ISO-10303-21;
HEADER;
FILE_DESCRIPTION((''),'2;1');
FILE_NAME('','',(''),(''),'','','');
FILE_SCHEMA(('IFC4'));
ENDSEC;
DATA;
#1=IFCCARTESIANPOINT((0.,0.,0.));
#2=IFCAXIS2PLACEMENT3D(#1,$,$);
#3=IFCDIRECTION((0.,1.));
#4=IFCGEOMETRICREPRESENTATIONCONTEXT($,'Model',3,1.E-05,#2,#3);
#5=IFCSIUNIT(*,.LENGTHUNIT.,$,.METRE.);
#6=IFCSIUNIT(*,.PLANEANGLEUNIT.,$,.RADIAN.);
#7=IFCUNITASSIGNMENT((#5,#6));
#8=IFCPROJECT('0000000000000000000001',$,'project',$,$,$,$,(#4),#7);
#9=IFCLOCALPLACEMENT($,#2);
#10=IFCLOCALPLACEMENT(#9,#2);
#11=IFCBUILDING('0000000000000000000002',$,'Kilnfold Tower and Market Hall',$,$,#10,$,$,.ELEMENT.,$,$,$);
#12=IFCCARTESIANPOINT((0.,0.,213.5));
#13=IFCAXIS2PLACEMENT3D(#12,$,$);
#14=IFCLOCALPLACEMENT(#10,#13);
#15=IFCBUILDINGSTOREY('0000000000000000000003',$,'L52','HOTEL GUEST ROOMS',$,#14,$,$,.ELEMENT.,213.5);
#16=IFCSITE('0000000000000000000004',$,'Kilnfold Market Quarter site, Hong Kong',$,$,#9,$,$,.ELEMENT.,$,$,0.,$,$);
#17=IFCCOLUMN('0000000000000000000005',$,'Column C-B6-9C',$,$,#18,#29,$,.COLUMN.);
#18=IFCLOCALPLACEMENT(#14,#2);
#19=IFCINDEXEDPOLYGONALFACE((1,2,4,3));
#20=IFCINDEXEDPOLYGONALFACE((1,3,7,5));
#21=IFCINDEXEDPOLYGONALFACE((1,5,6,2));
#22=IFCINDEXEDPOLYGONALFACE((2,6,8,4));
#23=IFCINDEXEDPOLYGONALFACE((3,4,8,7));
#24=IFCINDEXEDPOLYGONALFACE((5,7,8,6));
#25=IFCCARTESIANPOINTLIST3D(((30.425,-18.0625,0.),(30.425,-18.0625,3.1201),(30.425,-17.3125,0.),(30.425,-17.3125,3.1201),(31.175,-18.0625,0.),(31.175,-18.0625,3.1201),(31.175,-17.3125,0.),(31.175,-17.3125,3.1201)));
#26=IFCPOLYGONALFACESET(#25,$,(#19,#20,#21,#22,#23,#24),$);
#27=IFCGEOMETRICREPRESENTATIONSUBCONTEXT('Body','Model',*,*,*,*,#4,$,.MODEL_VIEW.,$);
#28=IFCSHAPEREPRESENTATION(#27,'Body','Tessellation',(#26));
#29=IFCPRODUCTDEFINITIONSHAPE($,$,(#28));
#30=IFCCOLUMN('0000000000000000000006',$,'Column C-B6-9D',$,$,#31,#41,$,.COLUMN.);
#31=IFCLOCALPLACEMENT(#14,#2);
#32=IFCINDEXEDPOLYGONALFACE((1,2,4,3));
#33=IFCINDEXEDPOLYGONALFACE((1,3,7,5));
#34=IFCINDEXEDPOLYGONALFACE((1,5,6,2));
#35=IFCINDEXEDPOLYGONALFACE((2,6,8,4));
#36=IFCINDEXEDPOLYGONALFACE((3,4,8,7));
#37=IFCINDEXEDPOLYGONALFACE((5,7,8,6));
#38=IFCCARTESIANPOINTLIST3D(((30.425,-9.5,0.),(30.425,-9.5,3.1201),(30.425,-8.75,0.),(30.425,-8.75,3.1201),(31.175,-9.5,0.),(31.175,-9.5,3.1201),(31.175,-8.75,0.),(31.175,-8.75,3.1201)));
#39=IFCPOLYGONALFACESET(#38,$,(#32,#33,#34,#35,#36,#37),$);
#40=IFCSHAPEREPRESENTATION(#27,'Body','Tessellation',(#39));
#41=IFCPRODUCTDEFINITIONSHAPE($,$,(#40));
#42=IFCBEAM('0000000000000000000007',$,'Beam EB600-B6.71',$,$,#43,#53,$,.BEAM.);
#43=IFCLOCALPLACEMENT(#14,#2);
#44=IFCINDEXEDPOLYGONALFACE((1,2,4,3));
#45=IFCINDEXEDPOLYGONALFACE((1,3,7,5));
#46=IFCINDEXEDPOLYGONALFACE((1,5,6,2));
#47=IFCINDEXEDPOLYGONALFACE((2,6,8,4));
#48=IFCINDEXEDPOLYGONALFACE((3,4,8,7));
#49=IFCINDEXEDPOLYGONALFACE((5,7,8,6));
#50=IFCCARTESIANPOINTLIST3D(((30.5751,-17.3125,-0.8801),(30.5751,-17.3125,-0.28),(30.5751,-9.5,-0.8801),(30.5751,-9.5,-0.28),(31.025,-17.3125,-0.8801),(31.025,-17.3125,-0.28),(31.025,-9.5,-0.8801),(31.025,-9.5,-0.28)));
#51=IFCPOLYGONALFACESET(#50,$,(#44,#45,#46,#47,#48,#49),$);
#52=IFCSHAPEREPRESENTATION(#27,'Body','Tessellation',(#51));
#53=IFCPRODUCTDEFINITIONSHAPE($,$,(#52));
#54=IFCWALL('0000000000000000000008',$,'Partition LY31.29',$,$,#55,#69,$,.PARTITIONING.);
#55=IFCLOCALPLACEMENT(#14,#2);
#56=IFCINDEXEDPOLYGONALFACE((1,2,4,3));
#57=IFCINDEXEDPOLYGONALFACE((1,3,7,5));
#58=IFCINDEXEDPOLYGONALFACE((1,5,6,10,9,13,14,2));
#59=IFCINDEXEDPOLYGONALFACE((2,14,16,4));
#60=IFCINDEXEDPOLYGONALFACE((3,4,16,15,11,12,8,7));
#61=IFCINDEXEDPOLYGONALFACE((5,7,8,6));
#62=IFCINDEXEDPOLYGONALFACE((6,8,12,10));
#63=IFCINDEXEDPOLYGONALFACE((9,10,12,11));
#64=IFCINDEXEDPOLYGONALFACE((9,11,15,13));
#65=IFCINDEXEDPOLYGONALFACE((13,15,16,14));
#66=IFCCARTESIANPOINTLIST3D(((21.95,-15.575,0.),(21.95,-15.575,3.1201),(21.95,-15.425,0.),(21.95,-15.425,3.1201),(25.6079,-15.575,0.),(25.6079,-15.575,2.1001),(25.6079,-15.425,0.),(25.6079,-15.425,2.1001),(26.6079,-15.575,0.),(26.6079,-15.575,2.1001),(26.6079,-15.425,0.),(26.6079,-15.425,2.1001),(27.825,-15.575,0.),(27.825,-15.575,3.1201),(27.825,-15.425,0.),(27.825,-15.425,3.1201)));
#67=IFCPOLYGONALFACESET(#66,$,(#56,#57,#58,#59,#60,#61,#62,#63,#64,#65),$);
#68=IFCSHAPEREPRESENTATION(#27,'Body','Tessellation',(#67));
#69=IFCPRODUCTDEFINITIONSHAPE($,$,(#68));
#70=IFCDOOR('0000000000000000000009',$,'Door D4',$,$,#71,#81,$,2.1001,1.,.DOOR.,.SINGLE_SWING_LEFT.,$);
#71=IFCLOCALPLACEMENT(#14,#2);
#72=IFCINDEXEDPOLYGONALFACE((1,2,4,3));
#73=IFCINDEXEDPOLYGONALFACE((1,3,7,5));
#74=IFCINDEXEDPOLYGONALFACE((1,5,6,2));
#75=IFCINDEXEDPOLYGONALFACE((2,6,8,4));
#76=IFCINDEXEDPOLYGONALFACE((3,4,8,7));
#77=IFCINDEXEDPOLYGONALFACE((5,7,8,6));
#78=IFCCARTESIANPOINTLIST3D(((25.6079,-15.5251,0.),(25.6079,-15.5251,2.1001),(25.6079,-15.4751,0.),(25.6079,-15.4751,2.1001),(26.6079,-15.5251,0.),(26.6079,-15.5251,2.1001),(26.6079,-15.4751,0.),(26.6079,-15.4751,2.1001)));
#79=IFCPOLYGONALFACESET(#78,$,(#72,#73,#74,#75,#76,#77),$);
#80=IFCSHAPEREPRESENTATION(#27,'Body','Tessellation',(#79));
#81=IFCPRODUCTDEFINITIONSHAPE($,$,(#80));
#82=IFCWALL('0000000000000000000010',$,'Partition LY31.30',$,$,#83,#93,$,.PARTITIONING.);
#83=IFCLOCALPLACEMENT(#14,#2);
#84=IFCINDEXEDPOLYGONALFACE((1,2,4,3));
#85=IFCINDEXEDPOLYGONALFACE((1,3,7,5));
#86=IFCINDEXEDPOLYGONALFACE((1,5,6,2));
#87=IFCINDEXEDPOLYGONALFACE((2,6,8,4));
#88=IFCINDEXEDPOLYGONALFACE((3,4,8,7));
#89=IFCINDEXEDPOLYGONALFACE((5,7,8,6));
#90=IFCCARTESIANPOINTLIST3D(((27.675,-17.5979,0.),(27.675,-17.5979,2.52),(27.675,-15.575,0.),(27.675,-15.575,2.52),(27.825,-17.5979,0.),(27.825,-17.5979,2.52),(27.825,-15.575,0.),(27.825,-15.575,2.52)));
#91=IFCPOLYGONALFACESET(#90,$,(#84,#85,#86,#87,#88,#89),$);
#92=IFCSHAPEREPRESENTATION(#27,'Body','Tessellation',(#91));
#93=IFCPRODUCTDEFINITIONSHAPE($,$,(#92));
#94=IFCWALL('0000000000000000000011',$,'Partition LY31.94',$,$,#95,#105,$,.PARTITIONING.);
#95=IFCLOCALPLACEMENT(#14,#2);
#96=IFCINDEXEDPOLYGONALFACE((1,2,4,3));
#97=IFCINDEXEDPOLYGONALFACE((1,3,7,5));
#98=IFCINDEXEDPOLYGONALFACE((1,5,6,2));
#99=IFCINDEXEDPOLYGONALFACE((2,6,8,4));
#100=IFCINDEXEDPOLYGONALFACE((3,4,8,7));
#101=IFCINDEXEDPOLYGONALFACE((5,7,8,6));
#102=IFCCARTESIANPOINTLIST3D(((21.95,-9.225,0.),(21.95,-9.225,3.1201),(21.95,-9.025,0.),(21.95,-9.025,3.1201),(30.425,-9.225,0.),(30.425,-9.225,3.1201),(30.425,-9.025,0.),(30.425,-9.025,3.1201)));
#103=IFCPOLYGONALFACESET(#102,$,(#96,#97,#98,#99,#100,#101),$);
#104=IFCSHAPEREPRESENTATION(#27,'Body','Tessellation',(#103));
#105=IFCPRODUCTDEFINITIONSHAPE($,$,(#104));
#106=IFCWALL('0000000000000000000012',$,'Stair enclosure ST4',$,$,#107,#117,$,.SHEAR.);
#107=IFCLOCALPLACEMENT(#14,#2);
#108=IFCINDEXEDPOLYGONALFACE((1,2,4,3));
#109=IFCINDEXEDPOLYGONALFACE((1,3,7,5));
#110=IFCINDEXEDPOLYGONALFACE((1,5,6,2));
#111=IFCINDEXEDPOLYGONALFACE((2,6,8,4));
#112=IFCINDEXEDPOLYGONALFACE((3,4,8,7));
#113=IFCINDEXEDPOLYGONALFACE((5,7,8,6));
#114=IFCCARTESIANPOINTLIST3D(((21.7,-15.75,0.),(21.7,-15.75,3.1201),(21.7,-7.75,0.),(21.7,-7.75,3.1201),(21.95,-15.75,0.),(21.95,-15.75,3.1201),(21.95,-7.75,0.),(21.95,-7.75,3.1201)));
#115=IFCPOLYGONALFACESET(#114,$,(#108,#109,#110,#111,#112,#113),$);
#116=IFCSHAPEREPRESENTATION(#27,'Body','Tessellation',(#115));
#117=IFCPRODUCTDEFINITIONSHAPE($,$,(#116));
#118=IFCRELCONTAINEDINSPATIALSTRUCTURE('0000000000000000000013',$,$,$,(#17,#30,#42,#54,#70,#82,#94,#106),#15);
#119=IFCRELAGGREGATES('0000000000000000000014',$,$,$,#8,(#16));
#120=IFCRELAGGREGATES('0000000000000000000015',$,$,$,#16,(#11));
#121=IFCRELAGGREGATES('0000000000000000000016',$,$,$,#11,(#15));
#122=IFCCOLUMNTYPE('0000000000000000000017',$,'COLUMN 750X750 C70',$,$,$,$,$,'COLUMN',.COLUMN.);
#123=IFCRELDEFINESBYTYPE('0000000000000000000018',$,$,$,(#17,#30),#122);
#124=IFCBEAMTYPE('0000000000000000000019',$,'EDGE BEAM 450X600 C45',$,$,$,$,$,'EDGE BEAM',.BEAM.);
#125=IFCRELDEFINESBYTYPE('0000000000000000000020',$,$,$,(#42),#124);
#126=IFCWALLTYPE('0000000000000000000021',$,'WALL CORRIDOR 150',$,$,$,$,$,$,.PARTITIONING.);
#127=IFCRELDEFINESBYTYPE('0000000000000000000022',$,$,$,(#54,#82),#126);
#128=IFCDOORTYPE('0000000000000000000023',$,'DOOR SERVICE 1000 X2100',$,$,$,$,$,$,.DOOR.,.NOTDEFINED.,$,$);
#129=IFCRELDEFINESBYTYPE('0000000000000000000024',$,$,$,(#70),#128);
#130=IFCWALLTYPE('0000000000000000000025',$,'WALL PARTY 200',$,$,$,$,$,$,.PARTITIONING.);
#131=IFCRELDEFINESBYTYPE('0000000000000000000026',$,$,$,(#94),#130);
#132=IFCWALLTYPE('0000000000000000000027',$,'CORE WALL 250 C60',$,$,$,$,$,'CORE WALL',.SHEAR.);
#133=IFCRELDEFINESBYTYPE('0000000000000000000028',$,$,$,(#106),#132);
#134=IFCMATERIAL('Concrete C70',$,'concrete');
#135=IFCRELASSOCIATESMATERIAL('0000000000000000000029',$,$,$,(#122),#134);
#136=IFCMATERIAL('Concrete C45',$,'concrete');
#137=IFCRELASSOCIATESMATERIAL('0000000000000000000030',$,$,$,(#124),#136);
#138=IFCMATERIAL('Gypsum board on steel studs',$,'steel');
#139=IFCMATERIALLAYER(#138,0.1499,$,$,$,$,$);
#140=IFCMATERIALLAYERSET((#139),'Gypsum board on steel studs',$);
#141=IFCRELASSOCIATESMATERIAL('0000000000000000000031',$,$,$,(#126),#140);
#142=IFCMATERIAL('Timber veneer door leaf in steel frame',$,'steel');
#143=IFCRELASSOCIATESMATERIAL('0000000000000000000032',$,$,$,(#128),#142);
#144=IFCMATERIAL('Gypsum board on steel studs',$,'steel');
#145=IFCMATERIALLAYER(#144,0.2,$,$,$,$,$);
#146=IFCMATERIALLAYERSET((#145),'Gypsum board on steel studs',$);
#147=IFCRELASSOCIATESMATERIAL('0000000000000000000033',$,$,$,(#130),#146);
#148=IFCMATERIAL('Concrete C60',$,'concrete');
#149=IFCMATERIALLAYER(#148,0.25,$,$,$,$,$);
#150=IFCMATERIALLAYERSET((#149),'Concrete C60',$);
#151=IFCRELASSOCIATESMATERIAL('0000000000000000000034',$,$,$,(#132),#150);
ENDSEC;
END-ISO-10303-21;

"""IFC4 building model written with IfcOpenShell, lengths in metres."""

from ifc_helpers import new_model, si_unit, direction, frame, frame_2d, origin, origin_2d, place, context, subcontext, project, spatial, rectangle, extrude, source, transform, mapped, material, layer, layer_set, material_profile, profile_set, type_object, element, fill, save


model = new_model("IFC4")

# Units and contexts
model_context = context("Model", 3, precision=1e-05, world=origin(), true_north=direction((0.0, 1.0)))
body_context = subcontext(model_context, "Body", "Model", "MODEL_VIEW")
ifc_project = project(units=[si_unit("LENGTHUNIT", "METRE"), si_unit("PLANEANGLEUNIT", "RADIAN")], contexts=[model_context])

# Site, building, storey
site_placement = place(None, origin())
site = spatial("IfcSite", under=ifc_project, at=site_placement, Name="Kilnfold Market Quarter site, Hong Kong", CompositionType="ELEMENT", RefElevation=0.0)
building_placement = place(site_placement, origin())
building = spatial("IfcBuilding", under=site, at=building_placement, Name="Kilnfold Tower and Market Hall", CompositionType="ELEMENT")
storey_placement = place(building_placement, frame((0.0, 0.0, 213.5)))
storey = spatial("IfcBuildingStorey", under=building, at=storey_placement, Name="L52", Description="HOTEL GUEST ROOMS", CompositionType="ELEMENT", Elevation=213.5)

# Columns
ifc_material_1 = material(Name="Concrete C70", Category="concrete")
ifc_material_profile_1 = material_profile(ifc_material_1, rectangle(XDim=0.75, YDim=0.75, at=origin_2d()), Name="RC 750x750")
ifc_profile_set_1 = profile_set([ifc_material_profile_1], Name="Concrete C70")
column_type = type_object("IfcColumnType", Name="COLUMN 750X750 C70", ElementType="COLUMN", PredefinedType="COLUMN", material=ifc_profile_set_1)
shared_shape_1 = source(origin(), body_context, "Body", "SweptSolid", [
    extrude(rectangle(XDim=0.75, YDim=0.75, at=origin_2d()), origin(), (0.0, 0.0, 1.0), 3.1201),
])
for number, where, z_axis, x_axis, name in (
    (1, (30.8, -17.6875, 0.0), (0.0, 0.0, 1.0), (1.0, 0.0, 0.0), "Column C-B6-9C"),
    (2, (30.8, -9.125, 0.0), (0.0, 0.0, 1.0), (1.0, 0.0, 0.0), "Column C-B6-9D"),
):
    element("IfcColumn", number, at=place(storey_placement, frame(where, z_axis=z_axis, x_axis=x_axis)), inside=storey, type_object=column_type, Name=name, PredefinedType="COLUMN", context=body_context, shape_type="MappedRepresentation", body=[
        mapped(shared_shape_1, transform((0.0, 0.0, 0.0))),
    ])

# Beam
ifc_material_2 = material(Name="Concrete C45", Category="concrete")
ifc_material_profile_2 = material_profile(ifc_material_2, rectangle(XDim=0.45, YDim=0.6001, at=origin_2d()), Name="RC 450x600")
ifc_profile_set_2 = profile_set([ifc_material_profile_2], Name="Concrete C45")
beam_type = type_object("IfcBeamType", Name="EDGE BEAM 450X600 C45", ElementType="EDGE BEAM", PredefinedType="BEAM", material=ifc_profile_set_2)
shared_shape_2 = source(origin(), body_context, "Body", "SweptSolid", [
    extrude(rectangle(XDim=0.45, YDim=0.6001, at=origin_2d()), origin(), (0.0, 0.0, 1.0), 7.8125),
])
beam_placement = place(storey_placement, frame((30.8, -17.3125, -0.5801), z_axis=(0.0, 1.0, 0.0), x_axis=(-1.0, 0.0, 0.0)))
element("IfcBeam", 3, at=beam_placement, inside=storey, type_object=beam_type, Name="Beam EB600-B6.71", PredefinedType="BEAM", context=body_context, shape_type="MappedRepresentation", body=[
    mapped(shared_shape_2, transform((0.0, 0.0, 0.0))),
])

# Wall, opening, door
ifc_material_3 = material(Name="Gypsum board on steel studs", Category="steel")
ifc_layer_1 = layer(ifc_material_3, 0.1499)
ifc_layer_set_1 = layer_set([ifc_layer_1], Name="Gypsum board on steel studs")
wall_type_1 = type_object("IfcWallType", Name="WALL CORRIDOR 150", PredefinedType="PARTITIONING", material=ifc_layer_set_1)
wall_1_placement = place(storey_placement, frame((21.95, -15.5, 0.0), z_axis=(0.0, 0.0, 1.0), x_axis=(1.0, 0.0, 0.0)))
wall_1 = element("IfcWall", 4, at=wall_1_placement, inside=storey, type_object=wall_type_1, Name="Partition LY31.29", PredefinedType="PARTITIONING", context=body_context, shape_type="SweptSolid", body=[
    extrude(rectangle(XDim=5.875, YDim=0.1499, at=frame_2d((2.9375, 0.0))), origin(), (0.0, 0.0, 1.0), 3.1201),
])
opening_1_placement = place(wall_1_placement, frame((3.658, 0.0, 0.0)))
opening_1 = element("IfcOpeningElement", 5, at=opening_1_placement, cuts=wall_1, PredefinedType="OPENING", context=body_context, shape_type="SweptSolid", body=[
    extrude(rectangle(XDim=1.0, YDim=2.1001, at=frame_2d((0.5, 1.05))), frame((0.0, 0.085, 0.0), z_axis=(0.0, -1.0, 0.0), x_axis=(1.0, 0.0, 0.0)), (0.0, 0.0, 1.0), 0.1699),
])
ifc_material_4 = material(Name="Timber veneer door leaf in steel frame", Category="steel")
door_type_1 = type_object("IfcDoorType", Name="DOOR SERVICE 1000 X2100", OperationType="NOTDEFINED", PredefinedType="DOOR", material=ifc_material_4)
door_1_placement = place(opening_1_placement, origin())
door_1 = element("IfcDoor", 6, at=door_1_placement, inside=storey, type_object=door_type_1, Name="Door D4", OperationType="SINGLE_SWING_LEFT", OverallHeight=2.1001, OverallWidth=1.0, PredefinedType="DOOR", context=body_context, shape_type="SweptSolid", body=[
    extrude(rectangle(XDim=1.0, YDim=2.1001, at=frame_2d((0.5, 1.05))), frame((0.0, 0.0249, 0.0), z_axis=(0.0, -1.0, 0.0), x_axis=(1.0, 0.0, 0.0)), (0.0, 0.0, 1.0), 0.05),
])
fill(opening_1, door_1)

# Walls
wall_2_placement = place(storey_placement, frame((27.75, -17.5979, 0.0), z_axis=(0.0, 0.0, 1.0), x_axis=(0.0, 1.0, 0.0)))
element("IfcWall", 7, at=wall_2_placement, inside=storey, type_object=wall_type_1, Name="Partition LY31.30", PredefinedType="PARTITIONING", context=body_context, shape_type="SweptSolid", body=[
    extrude(rectangle(XDim=2.0229, YDim=0.1499, at=frame_2d((1.0115, 0.0))), origin(), (0.0, 0.0, 1.0), 2.52),
])
ifc_material_5 = material(Name="Gypsum board on steel studs", Category="steel")
ifc_layer_2 = layer(ifc_material_5, 0.2)
ifc_layer_set_2 = layer_set([ifc_layer_2], Name="Gypsum board on steel studs")
wall_type_2 = type_object("IfcWallType", Name="WALL PARTY 200", PredefinedType="PARTITIONING", material=ifc_layer_set_2)
wall_3_placement = place(storey_placement, frame((21.95, -9.125, 0.0), z_axis=(0.0, 0.0, 1.0), x_axis=(1.0, 0.0, 0.0)))
element("IfcWall", 8, at=wall_3_placement, inside=storey, type_object=wall_type_2, Name="Partition LY31.94", PredefinedType="PARTITIONING", context=body_context, shape_type="SweptSolid", body=[
    extrude(rectangle(XDim=8.4751, YDim=0.2, at=frame_2d((4.2375, 0.0))), origin(), (0.0, 0.0, 1.0), 3.1201),
])
ifc_material_6 = material(Name="Concrete C60", Category="concrete")
ifc_layer_3 = layer(ifc_material_6, 0.25)
ifc_layer_set_3 = layer_set([ifc_layer_3], Name="Concrete C60")
wall_type_3 = type_object("IfcWallType", Name="CORE WALL 250 C60", ElementType="CORE WALL", PredefinedType="SHEAR", material=ifc_layer_set_3)
shared_shape_3 = source(origin(), body_context, "Body", "SweptSolid", [
    extrude(rectangle(XDim=8.0, YDim=0.25, at=frame_2d((4.0, 0.0))), origin(), (0.0, 0.0, 1.0), 3.1201),
])
wall_4_placement = place(storey_placement, frame((21.825, -15.75, 0.0), z_axis=(0.0, 0.0, 1.0), x_axis=(0.0, 1.0, 0.0)))
element("IfcWall", 9, at=wall_4_placement, inside=storey, type_object=wall_type_3, Name="Stair enclosure ST4", PredefinedType="SHEAR", context=body_context, shape_type="MappedRepresentation", body=[
    mapped(shared_shape_3, transform((0.0, 0.0, 0.0))),
])

save(model, "model.ifc")
